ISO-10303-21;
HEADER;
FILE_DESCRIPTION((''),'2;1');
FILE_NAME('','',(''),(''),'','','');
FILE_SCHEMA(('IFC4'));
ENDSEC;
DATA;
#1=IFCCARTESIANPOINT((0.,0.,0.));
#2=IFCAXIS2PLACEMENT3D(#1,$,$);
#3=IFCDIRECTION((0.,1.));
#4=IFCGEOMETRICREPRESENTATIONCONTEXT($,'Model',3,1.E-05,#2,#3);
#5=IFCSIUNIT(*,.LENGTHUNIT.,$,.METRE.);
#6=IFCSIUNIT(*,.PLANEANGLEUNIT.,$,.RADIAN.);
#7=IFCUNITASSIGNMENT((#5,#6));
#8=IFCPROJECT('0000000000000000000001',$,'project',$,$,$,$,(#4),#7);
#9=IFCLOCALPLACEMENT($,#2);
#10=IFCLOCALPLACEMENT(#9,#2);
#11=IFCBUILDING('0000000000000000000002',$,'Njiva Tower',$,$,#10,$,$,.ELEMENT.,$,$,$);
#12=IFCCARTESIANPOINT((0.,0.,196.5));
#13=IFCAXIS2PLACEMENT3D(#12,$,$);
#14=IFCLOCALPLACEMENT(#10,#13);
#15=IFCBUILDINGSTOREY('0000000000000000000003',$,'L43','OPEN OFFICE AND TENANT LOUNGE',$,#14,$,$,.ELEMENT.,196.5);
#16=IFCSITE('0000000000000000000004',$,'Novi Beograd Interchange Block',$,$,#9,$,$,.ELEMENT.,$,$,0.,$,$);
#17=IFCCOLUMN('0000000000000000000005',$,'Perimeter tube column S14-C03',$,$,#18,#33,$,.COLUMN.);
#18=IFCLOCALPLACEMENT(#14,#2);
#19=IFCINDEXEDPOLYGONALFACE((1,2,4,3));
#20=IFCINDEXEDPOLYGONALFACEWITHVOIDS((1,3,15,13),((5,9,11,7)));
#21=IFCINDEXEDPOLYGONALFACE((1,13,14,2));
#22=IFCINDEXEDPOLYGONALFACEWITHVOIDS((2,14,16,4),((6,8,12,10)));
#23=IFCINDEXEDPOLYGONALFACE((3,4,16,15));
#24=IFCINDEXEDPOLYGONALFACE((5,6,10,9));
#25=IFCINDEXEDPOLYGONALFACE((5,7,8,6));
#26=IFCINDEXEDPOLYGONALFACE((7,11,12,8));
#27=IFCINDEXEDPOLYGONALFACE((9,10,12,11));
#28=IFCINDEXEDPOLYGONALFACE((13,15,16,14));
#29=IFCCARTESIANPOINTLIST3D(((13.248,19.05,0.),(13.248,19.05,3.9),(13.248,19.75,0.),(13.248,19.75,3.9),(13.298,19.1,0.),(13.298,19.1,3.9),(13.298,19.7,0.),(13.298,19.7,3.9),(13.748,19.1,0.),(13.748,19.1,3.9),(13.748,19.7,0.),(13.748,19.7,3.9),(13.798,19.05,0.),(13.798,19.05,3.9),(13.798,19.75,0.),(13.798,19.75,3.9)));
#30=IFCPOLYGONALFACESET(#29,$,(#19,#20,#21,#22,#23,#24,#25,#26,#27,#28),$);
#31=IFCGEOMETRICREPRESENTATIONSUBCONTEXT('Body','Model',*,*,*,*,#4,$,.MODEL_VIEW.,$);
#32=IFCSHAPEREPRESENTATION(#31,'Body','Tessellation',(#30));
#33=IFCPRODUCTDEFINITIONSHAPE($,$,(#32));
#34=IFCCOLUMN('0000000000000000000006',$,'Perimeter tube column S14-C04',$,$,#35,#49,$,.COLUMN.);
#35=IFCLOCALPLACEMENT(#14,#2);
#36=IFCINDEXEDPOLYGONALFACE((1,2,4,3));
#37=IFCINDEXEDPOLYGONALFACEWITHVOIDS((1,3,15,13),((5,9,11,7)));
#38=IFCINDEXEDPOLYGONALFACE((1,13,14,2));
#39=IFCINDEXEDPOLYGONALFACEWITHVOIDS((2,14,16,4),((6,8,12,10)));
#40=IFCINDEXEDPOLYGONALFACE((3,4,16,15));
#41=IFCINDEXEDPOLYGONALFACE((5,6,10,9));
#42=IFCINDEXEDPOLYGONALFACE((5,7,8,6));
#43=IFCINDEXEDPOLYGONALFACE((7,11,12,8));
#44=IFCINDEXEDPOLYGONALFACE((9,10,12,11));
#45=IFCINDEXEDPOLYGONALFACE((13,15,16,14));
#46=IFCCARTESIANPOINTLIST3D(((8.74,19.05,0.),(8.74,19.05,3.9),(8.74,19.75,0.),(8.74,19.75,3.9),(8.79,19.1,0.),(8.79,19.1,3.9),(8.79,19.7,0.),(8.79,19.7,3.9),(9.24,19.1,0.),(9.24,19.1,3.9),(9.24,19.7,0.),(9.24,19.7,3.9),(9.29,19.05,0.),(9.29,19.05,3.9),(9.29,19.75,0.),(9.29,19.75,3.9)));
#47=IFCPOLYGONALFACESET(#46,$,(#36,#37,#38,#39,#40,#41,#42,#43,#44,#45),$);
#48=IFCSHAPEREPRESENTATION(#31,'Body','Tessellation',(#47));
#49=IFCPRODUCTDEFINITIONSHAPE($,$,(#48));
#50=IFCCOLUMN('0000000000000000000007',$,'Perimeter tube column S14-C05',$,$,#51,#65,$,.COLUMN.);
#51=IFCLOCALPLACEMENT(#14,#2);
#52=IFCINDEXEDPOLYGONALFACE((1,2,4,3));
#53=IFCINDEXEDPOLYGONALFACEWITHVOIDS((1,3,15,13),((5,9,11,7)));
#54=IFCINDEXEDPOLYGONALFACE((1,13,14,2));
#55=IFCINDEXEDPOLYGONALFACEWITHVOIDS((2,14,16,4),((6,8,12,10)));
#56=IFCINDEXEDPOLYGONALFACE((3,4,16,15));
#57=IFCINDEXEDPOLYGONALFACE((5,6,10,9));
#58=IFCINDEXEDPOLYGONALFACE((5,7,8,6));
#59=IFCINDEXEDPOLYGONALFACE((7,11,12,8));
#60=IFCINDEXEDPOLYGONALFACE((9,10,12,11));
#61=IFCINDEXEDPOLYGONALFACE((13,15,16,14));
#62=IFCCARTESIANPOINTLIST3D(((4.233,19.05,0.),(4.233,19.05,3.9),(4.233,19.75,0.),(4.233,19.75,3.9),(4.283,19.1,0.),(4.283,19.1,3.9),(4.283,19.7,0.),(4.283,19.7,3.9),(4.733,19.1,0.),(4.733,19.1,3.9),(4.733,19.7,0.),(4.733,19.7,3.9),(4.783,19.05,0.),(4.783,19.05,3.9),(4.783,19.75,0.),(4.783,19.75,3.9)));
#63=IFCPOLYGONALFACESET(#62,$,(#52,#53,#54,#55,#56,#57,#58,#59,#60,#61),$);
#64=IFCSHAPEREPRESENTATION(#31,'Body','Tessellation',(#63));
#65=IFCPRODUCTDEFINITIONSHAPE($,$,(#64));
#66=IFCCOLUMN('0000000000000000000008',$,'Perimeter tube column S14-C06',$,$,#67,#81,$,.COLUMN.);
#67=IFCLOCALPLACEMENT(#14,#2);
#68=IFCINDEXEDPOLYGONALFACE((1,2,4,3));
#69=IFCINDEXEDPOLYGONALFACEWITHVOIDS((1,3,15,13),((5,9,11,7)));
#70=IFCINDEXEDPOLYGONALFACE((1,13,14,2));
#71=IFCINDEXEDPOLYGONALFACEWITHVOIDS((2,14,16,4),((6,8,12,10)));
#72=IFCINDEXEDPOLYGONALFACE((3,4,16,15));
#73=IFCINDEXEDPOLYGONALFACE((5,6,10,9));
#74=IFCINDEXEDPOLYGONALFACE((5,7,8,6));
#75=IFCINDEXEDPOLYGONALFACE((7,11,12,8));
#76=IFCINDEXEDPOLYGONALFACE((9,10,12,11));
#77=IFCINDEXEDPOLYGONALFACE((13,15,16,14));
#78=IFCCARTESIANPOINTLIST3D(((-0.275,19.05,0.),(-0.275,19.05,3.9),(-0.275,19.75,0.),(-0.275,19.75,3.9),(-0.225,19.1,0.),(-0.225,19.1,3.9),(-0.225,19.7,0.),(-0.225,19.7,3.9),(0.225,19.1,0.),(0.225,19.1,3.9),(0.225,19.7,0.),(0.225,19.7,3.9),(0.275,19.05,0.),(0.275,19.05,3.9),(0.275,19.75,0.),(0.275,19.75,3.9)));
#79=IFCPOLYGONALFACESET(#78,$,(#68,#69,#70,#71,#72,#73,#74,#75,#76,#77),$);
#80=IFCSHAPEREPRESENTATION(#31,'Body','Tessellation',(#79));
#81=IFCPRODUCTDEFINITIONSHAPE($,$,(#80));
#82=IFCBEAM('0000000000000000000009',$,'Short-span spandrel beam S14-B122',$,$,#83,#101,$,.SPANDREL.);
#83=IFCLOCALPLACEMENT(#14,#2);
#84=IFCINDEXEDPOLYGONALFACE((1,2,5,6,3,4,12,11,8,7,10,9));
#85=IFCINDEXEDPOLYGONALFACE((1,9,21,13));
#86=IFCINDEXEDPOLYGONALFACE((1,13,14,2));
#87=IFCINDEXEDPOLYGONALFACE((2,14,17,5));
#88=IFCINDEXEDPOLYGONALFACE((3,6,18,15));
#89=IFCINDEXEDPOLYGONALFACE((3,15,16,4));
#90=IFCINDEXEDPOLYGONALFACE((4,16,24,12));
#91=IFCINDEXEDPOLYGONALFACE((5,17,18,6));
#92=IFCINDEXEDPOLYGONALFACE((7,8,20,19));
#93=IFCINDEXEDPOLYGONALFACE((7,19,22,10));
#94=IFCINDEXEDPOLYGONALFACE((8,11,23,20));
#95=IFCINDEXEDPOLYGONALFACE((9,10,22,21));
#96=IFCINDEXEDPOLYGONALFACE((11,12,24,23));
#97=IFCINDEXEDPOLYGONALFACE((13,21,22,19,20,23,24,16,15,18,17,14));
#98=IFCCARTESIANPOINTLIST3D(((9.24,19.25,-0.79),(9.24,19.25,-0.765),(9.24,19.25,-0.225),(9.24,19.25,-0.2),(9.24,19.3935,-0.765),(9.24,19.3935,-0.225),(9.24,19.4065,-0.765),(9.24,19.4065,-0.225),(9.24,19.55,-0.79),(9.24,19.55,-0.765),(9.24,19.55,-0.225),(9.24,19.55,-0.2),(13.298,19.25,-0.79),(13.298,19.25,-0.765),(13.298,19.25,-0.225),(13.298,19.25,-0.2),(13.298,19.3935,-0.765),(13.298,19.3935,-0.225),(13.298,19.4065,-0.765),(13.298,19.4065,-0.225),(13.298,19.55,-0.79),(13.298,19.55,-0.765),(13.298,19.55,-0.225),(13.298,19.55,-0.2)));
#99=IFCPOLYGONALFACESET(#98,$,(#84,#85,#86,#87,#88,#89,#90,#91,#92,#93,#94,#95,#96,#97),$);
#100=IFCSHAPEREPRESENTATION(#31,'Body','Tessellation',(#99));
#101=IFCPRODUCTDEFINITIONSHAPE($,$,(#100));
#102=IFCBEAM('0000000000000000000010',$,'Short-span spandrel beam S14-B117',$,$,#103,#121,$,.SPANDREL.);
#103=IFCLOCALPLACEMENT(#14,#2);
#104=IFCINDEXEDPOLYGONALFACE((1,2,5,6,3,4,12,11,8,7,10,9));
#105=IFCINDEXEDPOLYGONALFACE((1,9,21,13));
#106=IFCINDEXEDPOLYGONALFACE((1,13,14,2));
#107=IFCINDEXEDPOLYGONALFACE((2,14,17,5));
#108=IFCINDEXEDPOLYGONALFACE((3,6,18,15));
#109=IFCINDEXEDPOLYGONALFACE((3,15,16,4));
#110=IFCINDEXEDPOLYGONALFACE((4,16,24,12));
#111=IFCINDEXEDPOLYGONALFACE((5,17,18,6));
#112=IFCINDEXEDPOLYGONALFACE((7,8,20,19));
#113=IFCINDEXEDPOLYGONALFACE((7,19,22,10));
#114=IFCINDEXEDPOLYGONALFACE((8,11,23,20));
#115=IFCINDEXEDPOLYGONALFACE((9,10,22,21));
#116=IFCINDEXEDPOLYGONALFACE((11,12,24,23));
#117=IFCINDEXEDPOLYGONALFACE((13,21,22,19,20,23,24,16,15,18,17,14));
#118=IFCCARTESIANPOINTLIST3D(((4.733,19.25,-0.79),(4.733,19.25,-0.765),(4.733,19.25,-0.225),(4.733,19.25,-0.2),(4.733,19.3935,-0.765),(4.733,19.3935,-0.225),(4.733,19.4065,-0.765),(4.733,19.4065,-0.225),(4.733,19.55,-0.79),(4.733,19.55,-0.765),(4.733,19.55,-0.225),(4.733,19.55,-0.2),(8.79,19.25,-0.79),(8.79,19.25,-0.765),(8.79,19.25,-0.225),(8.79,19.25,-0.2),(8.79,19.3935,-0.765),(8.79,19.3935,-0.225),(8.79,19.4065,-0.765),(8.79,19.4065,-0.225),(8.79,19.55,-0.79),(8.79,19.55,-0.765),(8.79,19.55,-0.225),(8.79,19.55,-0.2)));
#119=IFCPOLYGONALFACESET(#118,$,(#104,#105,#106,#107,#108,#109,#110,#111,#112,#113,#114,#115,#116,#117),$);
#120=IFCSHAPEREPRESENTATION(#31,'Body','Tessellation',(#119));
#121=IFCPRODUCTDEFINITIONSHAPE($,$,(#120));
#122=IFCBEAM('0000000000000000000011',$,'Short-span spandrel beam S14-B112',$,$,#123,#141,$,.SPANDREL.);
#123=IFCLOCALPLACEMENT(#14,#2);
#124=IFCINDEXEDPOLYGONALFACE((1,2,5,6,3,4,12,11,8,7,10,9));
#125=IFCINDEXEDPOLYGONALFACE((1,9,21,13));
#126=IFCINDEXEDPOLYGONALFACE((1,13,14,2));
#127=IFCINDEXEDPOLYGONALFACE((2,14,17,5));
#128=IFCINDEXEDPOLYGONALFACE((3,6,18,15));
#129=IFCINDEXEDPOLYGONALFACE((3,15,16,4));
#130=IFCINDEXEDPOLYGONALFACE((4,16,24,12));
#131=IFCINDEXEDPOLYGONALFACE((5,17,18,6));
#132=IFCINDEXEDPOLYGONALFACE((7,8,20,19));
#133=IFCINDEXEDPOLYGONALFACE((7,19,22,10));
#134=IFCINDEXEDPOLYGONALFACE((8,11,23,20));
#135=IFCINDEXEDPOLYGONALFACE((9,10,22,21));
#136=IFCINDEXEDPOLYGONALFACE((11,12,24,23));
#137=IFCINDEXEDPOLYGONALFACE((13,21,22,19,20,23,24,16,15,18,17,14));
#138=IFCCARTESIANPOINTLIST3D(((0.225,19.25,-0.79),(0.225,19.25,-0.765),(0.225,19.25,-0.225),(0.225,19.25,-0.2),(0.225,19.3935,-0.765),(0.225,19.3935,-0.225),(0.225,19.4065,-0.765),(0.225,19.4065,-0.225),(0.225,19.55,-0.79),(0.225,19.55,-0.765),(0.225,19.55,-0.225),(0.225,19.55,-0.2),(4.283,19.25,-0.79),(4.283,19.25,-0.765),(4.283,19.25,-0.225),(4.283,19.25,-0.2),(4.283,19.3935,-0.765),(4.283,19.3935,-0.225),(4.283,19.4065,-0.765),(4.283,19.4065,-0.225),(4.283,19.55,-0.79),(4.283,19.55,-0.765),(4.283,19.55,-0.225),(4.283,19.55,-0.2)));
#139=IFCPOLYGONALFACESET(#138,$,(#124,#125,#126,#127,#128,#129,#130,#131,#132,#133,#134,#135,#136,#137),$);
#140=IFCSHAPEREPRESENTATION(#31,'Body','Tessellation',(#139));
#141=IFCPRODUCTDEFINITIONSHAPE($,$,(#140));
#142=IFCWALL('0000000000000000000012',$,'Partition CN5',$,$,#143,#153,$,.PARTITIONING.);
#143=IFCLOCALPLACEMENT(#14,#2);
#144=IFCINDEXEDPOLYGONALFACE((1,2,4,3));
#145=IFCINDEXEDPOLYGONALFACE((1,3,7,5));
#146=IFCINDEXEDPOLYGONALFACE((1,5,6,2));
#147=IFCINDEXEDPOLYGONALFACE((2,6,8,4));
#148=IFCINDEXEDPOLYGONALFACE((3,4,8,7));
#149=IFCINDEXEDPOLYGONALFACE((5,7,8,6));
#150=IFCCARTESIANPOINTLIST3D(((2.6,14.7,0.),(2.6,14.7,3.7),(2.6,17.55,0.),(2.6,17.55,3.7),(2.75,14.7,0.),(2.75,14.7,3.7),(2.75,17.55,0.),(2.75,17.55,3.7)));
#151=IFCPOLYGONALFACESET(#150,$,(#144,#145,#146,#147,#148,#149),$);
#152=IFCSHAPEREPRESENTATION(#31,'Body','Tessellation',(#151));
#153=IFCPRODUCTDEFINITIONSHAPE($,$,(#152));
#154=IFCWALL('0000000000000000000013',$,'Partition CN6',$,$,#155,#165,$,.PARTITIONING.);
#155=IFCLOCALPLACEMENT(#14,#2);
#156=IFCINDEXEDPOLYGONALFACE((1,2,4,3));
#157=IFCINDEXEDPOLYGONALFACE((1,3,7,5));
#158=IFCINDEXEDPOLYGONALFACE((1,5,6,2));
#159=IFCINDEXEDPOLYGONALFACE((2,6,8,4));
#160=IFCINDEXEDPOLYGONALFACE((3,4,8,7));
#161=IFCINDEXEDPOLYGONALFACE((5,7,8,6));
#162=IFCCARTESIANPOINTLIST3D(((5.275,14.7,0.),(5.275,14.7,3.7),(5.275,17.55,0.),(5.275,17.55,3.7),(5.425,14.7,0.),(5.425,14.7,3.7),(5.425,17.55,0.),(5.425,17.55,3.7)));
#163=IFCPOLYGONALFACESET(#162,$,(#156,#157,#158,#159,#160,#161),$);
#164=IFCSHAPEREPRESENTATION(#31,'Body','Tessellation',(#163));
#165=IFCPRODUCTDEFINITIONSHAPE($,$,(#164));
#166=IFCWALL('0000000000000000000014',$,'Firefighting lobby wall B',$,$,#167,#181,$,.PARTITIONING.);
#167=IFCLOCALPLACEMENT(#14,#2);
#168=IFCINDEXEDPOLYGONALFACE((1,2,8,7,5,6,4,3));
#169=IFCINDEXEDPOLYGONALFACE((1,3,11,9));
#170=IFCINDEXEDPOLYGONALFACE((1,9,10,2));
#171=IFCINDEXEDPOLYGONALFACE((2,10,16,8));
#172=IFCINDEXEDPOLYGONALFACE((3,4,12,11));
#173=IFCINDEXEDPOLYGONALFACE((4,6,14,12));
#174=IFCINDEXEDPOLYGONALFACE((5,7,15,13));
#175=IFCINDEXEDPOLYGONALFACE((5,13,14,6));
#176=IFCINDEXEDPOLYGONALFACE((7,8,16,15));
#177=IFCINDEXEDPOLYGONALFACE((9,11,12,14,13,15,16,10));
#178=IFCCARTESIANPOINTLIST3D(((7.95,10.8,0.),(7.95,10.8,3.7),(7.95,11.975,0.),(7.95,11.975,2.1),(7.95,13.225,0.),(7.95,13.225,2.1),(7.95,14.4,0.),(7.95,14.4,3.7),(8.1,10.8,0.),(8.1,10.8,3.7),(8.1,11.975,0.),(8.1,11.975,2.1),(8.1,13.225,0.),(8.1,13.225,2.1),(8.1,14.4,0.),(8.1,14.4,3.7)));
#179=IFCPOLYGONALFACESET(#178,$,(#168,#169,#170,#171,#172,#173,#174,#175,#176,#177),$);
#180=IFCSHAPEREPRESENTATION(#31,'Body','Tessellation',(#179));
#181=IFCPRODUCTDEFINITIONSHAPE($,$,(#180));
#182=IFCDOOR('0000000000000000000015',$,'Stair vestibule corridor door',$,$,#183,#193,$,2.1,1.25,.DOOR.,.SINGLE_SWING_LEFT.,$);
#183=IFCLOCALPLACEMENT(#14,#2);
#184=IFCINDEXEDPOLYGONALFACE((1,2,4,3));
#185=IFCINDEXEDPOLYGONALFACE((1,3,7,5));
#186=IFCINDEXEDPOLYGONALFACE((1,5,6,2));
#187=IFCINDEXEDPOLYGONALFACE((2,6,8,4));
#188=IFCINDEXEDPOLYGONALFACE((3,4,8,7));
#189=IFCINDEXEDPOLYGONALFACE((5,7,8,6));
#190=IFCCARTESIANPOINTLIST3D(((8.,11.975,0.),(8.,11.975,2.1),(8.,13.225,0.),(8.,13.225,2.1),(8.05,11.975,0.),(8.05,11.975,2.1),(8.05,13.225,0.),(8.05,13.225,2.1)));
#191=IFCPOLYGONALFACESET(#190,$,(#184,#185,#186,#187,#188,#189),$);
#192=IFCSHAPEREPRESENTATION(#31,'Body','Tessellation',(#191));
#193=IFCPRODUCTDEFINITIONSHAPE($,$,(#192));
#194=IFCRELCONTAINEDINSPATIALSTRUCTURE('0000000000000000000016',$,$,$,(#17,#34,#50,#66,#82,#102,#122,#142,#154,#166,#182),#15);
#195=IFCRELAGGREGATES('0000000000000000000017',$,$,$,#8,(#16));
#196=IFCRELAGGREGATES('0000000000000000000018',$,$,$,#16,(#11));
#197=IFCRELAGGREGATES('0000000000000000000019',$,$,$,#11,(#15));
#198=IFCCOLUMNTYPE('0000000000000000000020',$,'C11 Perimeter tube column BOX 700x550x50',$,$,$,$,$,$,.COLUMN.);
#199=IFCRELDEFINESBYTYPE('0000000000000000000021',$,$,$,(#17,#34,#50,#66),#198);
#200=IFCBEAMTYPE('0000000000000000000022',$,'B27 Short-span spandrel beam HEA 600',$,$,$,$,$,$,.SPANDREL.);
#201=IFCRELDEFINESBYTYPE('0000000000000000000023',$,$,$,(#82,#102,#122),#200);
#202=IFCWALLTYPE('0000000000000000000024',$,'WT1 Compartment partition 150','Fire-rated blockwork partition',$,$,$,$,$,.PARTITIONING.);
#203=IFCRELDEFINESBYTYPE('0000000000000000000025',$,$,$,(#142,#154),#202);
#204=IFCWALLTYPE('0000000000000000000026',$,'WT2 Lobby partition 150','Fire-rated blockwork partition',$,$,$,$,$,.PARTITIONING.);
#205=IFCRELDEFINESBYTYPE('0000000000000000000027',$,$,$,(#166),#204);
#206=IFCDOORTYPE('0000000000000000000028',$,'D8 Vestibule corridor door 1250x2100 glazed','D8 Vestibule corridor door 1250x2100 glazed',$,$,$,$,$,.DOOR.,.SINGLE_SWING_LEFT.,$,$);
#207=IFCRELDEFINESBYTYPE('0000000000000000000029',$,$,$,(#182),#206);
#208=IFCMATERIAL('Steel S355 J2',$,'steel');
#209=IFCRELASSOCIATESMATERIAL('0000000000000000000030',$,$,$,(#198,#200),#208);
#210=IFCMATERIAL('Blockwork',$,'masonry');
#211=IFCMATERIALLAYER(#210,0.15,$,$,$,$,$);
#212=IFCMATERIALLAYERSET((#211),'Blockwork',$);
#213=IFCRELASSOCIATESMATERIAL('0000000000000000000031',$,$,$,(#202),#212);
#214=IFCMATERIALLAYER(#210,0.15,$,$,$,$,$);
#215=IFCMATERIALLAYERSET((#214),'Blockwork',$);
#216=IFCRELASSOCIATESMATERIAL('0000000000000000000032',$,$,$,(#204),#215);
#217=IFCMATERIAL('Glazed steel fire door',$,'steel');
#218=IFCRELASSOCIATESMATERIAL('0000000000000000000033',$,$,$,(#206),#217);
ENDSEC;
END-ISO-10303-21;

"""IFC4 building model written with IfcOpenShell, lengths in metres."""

from ifc_helpers import new_model, si_unit, direction, frame, frame_2d, origin, origin_2d, place, context, subcontext, project, spatial, rectangle, hollow_rectangle, i_section, extrude, material, layer, layer_set, material_profile, profile_set, type_object, element, fill, save


model = new_model("IFC4")

# Units and contexts
model_context = context("Model", 3, precision=1e-05, world=origin(), true_north=direction((0.0, 1.0)))
body_context = subcontext(model_context, "Body", "Model", "MODEL_VIEW")
ifc_project = project(units=[si_unit("LENGTHUNIT", "METRE"), si_unit("PLANEANGLEUNIT", "RADIAN")], contexts=[model_context])

# Site, building, storey
site_placement = place(None, origin())
site = spatial("IfcSite", under=ifc_project, at=site_placement, Name="Novi Beograd Interchange Block", CompositionType="ELEMENT", RefElevation=0.0)
building_placement = place(site_placement, origin())
building = spatial("IfcBuilding", under=site, at=building_placement, Name="Njiva Tower", CompositionType="ELEMENT")
storey_placement = place(building_placement, frame((0.0, 0.0, 196.5)))
storey = spatial("IfcBuildingStorey", under=building, at=storey_placement, Name="L43", Description="OPEN OFFICE AND TENANT LOUNGE", CompositionType="ELEMENT", Elevation=196.5)

# Columns
ifc_material_1 = material(Name="Steel S355 J2", Category="steel")
ifc_material_profile_1 = material_profile(ifc_material_1, hollow_rectangle(XDim=0.55, YDim=0.7, WallThickness=0.05, at=origin_2d()), Name="BOX 700x550x50")
ifc_profile_set_1 = profile_set([ifc_material_profile_1], Name="Steel S355 J2")
column_type = type_object("IfcColumnType", Name="C11 Perimeter tube column BOX 700x550x50", PredefinedType="COLUMN", material=ifc_profile_set_1)
for number, where, z_axis, x_axis, name in (
    (1, (13.523, 19.4, 0.0), (0.0, 0.0, 1.0), (-1.0, 0.0, 0.0), "Perimeter tube column S14-C03"),
    (2, (9.015, 19.4, 0.0), (0.0, 0.0, 1.0), (-1.0, 0.0, 0.0), "Perimeter tube column S14-C04"),
    (3, (4.508, 19.4, 0.0), (0.0, 0.0, 1.0), (-1.0, 0.0, 0.0), "Perimeter tube column S14-C05"),
    (4, (0.0, 19.4, 0.0), (0.0, 0.0, 1.0), (-1.0, 0.0, 0.0), "Perimeter tube column S14-C06"),
):
    element("IfcColumn", number, at=place(storey_placement, frame(where, z_axis=z_axis, x_axis=x_axis)), inside=storey, type_object=column_type, Name=name, PredefinedType="COLUMN", context=body_context, shape_type="SweptSolid", body=[
        extrude(hollow_rectangle(XDim=0.55, YDim=0.7, WallThickness=0.05, at=origin_2d()), origin(), (0.0, 0.0, 1.0), 3.9),
    ])

# Beams
ifc_material_profile_2 = material_profile(ifc_material_1, i_section(OverallWidth=0.3, OverallDepth=0.59, WebThickness=0.013, FlangeThickness=0.025, at=origin_2d()), Name="HEA 600")
ifc_profile_set_2 = profile_set([ifc_material_profile_2], Name="Steel S355 J2")
beam_type = type_object("IfcBeamType", Name="B27 Short-span spandrel beam HEA 600", PredefinedType="SPANDREL", material=ifc_profile_set_2)
beam_1_placement = place(storey_placement, frame((13.298, 19.4, -0.495), z_axis=(-1.0, 0.0, 0.0), x_axis=(0.0, -1.0, 0.0)))
element("IfcBeam", 5, at=beam_1_placement, inside=storey, type_object=beam_type, Name="Short-span spandrel beam S14-B122", PredefinedType="SPANDREL", context=body_context, shape_type="SweptSolid", body=[
    extrude(i_section(OverallWidth=0.3, OverallDepth=0.59, WebThickness=0.013, FlangeThickness=0.025, at=origin_2d()), origin(), (0.0, 0.0, 1.0), 4.058),
])
beam_2_placement = place(storey_placement, frame((8.79, 19.4, -0.495), z_axis=(-1.0, 0.0, 0.0), x_axis=(0.0, -1.0, 0.0)))
element("IfcBeam", 6, at=beam_2_placement, inside=storey, type_object=beam_type, Name="Short-span spandrel beam S14-B117", PredefinedType="SPANDREL", context=body_context, shape_type="SweptSolid", body=[
    extrude(i_section(OverallWidth=0.3, OverallDepth=0.59, WebThickness=0.013, FlangeThickness=0.025, at=origin_2d()), origin(), (0.0, 0.0, 1.0), 4.057),
])
beam_3_placement = place(storey_placement, frame((4.283, 19.4, -0.495), z_axis=(-1.0, 0.0, 0.0), x_axis=(0.0, -1.0, 0.0)))
element("IfcBeam", 7, at=beam_3_placement, inside=storey, type_object=beam_type, Name="Short-span spandrel beam S14-B112", PredefinedType="SPANDREL", context=body_context, shape_type="SweptSolid", body=[
    extrude(i_section(OverallWidth=0.3, OverallDepth=0.59, WebThickness=0.013, FlangeThickness=0.025, at=origin_2d()), origin(), (0.0, 0.0, 1.0), 4.058),
])

# Walls
ifc_material_2 = material(Name="Blockwork", Category="masonry")
ifc_layer_1 = layer(ifc_material_2, 0.15)
ifc_layer_set_1 = layer_set([ifc_layer_1], Name="Blockwork")
wall_type_1 = type_object("IfcWallType", Name="WT1 Compartment partition 150", Description="Fire-rated blockwork partition", PredefinedType="PARTITIONING", material=ifc_layer_set_1)
for number, where, z_axis, x_axis, name in (
    (8, (2.675, 14.7, 0.0), (0.0, 0.0, 1.0), (0.0, 1.0, 0.0), "Partition CN5"),
    (9, (5.35, 14.7, 0.0), (0.0, 0.0, 1.0), (0.0, 1.0, 0.0), "Partition CN6"),
):
    element("IfcWall", number, at=place(storey_placement, frame(where, z_axis=z_axis, x_axis=x_axis)), inside=storey, type_object=wall_type_1, Name=name, PredefinedType="PARTITIONING", context=body_context, shape_type="SweptSolid", body=[
        extrude(rectangle(XDim=2.85, YDim=0.15, at=frame_2d((1.425, 0.0))), origin(), (0.0, 0.0, 1.0), 3.7),
    ])

# Wall, opening, door
ifc_layer_2 = layer(ifc_material_2, 0.15)
ifc_layer_set_2 = layer_set([ifc_layer_2], Name="Blockwork")
wall_type_2 = type_object("IfcWallType", Name="WT2 Lobby partition 150", Description="Fire-rated blockwork partition", PredefinedType="PARTITIONING", material=ifc_layer_set_2)
wall_placement = place(storey_placement, frame((8.025, 10.8, 0.0), z_axis=(0.0, 0.0, 1.0), x_axis=(0.0, 1.0, 0.0)))
wall = element("IfcWall", 10, at=wall_placement, inside=storey, type_object=wall_type_2, Name="Firefighting lobby wall B", PredefinedType="PARTITIONING", context=body_context, shape_type="SweptSolid", body=[
    extrude(rectangle(XDim=3.6, YDim=0.15, at=frame_2d((1.8, 0.0))), origin(), (0.0, 0.0, 1.0), 3.7),
])
opening_placement = place(wall_placement, frame((1.175, 0.0, 0.0)))
opening = element("IfcOpeningElement", 11, at=opening_placement, cuts=wall, PredefinedType="OPENING", context=body_context, shape_type="SweptSolid", body=[
    extrude(rectangle(XDim=1.25, YDim=2.1, at=frame_2d((0.625, 1.05))), frame((0.0, 0.085, 0.0), z_axis=(0.0, -1.0, 0.0), x_axis=(1.0, 0.0, 0.0)), (0.0, 0.0, 1.0), 0.17),
])
ifc_material_3 = material(Name="Glazed steel fire door", Category="steel")
door_type = type_object("IfcDoorType", Name="D8 Vestibule corridor door 1250x2100 glazed", Description="D8 Vestibule corridor door 1250x2100 glazed", OperationType="SINGLE_SWING_LEFT", PredefinedType="DOOR", material=ifc_material_3)
door_placement = place(opening_placement, origin())
door = element("IfcDoor", 12, at=door_placement, inside=storey, type_object=door_type, Name="Stair vestibule corridor door", OperationType="SINGLE_SWING_LEFT", OverallHeight=2.1, OverallWidth=1.25, PredefinedType="DOOR", context=body_context, shape_type="SweptSolid", body=[
    extrude(rectangle(XDim=1.25, YDim=2.1, at=frame_2d((0.625, 1.05))), frame((0.0, 0.025, 0.0), z_axis=(0.0, -1.0, 0.0), x_axis=(1.0, 0.0, 0.0)), (0.0, 0.0, 1.0), 0.05),
])
fill(opening, door)

save(model, "model.ifc")
